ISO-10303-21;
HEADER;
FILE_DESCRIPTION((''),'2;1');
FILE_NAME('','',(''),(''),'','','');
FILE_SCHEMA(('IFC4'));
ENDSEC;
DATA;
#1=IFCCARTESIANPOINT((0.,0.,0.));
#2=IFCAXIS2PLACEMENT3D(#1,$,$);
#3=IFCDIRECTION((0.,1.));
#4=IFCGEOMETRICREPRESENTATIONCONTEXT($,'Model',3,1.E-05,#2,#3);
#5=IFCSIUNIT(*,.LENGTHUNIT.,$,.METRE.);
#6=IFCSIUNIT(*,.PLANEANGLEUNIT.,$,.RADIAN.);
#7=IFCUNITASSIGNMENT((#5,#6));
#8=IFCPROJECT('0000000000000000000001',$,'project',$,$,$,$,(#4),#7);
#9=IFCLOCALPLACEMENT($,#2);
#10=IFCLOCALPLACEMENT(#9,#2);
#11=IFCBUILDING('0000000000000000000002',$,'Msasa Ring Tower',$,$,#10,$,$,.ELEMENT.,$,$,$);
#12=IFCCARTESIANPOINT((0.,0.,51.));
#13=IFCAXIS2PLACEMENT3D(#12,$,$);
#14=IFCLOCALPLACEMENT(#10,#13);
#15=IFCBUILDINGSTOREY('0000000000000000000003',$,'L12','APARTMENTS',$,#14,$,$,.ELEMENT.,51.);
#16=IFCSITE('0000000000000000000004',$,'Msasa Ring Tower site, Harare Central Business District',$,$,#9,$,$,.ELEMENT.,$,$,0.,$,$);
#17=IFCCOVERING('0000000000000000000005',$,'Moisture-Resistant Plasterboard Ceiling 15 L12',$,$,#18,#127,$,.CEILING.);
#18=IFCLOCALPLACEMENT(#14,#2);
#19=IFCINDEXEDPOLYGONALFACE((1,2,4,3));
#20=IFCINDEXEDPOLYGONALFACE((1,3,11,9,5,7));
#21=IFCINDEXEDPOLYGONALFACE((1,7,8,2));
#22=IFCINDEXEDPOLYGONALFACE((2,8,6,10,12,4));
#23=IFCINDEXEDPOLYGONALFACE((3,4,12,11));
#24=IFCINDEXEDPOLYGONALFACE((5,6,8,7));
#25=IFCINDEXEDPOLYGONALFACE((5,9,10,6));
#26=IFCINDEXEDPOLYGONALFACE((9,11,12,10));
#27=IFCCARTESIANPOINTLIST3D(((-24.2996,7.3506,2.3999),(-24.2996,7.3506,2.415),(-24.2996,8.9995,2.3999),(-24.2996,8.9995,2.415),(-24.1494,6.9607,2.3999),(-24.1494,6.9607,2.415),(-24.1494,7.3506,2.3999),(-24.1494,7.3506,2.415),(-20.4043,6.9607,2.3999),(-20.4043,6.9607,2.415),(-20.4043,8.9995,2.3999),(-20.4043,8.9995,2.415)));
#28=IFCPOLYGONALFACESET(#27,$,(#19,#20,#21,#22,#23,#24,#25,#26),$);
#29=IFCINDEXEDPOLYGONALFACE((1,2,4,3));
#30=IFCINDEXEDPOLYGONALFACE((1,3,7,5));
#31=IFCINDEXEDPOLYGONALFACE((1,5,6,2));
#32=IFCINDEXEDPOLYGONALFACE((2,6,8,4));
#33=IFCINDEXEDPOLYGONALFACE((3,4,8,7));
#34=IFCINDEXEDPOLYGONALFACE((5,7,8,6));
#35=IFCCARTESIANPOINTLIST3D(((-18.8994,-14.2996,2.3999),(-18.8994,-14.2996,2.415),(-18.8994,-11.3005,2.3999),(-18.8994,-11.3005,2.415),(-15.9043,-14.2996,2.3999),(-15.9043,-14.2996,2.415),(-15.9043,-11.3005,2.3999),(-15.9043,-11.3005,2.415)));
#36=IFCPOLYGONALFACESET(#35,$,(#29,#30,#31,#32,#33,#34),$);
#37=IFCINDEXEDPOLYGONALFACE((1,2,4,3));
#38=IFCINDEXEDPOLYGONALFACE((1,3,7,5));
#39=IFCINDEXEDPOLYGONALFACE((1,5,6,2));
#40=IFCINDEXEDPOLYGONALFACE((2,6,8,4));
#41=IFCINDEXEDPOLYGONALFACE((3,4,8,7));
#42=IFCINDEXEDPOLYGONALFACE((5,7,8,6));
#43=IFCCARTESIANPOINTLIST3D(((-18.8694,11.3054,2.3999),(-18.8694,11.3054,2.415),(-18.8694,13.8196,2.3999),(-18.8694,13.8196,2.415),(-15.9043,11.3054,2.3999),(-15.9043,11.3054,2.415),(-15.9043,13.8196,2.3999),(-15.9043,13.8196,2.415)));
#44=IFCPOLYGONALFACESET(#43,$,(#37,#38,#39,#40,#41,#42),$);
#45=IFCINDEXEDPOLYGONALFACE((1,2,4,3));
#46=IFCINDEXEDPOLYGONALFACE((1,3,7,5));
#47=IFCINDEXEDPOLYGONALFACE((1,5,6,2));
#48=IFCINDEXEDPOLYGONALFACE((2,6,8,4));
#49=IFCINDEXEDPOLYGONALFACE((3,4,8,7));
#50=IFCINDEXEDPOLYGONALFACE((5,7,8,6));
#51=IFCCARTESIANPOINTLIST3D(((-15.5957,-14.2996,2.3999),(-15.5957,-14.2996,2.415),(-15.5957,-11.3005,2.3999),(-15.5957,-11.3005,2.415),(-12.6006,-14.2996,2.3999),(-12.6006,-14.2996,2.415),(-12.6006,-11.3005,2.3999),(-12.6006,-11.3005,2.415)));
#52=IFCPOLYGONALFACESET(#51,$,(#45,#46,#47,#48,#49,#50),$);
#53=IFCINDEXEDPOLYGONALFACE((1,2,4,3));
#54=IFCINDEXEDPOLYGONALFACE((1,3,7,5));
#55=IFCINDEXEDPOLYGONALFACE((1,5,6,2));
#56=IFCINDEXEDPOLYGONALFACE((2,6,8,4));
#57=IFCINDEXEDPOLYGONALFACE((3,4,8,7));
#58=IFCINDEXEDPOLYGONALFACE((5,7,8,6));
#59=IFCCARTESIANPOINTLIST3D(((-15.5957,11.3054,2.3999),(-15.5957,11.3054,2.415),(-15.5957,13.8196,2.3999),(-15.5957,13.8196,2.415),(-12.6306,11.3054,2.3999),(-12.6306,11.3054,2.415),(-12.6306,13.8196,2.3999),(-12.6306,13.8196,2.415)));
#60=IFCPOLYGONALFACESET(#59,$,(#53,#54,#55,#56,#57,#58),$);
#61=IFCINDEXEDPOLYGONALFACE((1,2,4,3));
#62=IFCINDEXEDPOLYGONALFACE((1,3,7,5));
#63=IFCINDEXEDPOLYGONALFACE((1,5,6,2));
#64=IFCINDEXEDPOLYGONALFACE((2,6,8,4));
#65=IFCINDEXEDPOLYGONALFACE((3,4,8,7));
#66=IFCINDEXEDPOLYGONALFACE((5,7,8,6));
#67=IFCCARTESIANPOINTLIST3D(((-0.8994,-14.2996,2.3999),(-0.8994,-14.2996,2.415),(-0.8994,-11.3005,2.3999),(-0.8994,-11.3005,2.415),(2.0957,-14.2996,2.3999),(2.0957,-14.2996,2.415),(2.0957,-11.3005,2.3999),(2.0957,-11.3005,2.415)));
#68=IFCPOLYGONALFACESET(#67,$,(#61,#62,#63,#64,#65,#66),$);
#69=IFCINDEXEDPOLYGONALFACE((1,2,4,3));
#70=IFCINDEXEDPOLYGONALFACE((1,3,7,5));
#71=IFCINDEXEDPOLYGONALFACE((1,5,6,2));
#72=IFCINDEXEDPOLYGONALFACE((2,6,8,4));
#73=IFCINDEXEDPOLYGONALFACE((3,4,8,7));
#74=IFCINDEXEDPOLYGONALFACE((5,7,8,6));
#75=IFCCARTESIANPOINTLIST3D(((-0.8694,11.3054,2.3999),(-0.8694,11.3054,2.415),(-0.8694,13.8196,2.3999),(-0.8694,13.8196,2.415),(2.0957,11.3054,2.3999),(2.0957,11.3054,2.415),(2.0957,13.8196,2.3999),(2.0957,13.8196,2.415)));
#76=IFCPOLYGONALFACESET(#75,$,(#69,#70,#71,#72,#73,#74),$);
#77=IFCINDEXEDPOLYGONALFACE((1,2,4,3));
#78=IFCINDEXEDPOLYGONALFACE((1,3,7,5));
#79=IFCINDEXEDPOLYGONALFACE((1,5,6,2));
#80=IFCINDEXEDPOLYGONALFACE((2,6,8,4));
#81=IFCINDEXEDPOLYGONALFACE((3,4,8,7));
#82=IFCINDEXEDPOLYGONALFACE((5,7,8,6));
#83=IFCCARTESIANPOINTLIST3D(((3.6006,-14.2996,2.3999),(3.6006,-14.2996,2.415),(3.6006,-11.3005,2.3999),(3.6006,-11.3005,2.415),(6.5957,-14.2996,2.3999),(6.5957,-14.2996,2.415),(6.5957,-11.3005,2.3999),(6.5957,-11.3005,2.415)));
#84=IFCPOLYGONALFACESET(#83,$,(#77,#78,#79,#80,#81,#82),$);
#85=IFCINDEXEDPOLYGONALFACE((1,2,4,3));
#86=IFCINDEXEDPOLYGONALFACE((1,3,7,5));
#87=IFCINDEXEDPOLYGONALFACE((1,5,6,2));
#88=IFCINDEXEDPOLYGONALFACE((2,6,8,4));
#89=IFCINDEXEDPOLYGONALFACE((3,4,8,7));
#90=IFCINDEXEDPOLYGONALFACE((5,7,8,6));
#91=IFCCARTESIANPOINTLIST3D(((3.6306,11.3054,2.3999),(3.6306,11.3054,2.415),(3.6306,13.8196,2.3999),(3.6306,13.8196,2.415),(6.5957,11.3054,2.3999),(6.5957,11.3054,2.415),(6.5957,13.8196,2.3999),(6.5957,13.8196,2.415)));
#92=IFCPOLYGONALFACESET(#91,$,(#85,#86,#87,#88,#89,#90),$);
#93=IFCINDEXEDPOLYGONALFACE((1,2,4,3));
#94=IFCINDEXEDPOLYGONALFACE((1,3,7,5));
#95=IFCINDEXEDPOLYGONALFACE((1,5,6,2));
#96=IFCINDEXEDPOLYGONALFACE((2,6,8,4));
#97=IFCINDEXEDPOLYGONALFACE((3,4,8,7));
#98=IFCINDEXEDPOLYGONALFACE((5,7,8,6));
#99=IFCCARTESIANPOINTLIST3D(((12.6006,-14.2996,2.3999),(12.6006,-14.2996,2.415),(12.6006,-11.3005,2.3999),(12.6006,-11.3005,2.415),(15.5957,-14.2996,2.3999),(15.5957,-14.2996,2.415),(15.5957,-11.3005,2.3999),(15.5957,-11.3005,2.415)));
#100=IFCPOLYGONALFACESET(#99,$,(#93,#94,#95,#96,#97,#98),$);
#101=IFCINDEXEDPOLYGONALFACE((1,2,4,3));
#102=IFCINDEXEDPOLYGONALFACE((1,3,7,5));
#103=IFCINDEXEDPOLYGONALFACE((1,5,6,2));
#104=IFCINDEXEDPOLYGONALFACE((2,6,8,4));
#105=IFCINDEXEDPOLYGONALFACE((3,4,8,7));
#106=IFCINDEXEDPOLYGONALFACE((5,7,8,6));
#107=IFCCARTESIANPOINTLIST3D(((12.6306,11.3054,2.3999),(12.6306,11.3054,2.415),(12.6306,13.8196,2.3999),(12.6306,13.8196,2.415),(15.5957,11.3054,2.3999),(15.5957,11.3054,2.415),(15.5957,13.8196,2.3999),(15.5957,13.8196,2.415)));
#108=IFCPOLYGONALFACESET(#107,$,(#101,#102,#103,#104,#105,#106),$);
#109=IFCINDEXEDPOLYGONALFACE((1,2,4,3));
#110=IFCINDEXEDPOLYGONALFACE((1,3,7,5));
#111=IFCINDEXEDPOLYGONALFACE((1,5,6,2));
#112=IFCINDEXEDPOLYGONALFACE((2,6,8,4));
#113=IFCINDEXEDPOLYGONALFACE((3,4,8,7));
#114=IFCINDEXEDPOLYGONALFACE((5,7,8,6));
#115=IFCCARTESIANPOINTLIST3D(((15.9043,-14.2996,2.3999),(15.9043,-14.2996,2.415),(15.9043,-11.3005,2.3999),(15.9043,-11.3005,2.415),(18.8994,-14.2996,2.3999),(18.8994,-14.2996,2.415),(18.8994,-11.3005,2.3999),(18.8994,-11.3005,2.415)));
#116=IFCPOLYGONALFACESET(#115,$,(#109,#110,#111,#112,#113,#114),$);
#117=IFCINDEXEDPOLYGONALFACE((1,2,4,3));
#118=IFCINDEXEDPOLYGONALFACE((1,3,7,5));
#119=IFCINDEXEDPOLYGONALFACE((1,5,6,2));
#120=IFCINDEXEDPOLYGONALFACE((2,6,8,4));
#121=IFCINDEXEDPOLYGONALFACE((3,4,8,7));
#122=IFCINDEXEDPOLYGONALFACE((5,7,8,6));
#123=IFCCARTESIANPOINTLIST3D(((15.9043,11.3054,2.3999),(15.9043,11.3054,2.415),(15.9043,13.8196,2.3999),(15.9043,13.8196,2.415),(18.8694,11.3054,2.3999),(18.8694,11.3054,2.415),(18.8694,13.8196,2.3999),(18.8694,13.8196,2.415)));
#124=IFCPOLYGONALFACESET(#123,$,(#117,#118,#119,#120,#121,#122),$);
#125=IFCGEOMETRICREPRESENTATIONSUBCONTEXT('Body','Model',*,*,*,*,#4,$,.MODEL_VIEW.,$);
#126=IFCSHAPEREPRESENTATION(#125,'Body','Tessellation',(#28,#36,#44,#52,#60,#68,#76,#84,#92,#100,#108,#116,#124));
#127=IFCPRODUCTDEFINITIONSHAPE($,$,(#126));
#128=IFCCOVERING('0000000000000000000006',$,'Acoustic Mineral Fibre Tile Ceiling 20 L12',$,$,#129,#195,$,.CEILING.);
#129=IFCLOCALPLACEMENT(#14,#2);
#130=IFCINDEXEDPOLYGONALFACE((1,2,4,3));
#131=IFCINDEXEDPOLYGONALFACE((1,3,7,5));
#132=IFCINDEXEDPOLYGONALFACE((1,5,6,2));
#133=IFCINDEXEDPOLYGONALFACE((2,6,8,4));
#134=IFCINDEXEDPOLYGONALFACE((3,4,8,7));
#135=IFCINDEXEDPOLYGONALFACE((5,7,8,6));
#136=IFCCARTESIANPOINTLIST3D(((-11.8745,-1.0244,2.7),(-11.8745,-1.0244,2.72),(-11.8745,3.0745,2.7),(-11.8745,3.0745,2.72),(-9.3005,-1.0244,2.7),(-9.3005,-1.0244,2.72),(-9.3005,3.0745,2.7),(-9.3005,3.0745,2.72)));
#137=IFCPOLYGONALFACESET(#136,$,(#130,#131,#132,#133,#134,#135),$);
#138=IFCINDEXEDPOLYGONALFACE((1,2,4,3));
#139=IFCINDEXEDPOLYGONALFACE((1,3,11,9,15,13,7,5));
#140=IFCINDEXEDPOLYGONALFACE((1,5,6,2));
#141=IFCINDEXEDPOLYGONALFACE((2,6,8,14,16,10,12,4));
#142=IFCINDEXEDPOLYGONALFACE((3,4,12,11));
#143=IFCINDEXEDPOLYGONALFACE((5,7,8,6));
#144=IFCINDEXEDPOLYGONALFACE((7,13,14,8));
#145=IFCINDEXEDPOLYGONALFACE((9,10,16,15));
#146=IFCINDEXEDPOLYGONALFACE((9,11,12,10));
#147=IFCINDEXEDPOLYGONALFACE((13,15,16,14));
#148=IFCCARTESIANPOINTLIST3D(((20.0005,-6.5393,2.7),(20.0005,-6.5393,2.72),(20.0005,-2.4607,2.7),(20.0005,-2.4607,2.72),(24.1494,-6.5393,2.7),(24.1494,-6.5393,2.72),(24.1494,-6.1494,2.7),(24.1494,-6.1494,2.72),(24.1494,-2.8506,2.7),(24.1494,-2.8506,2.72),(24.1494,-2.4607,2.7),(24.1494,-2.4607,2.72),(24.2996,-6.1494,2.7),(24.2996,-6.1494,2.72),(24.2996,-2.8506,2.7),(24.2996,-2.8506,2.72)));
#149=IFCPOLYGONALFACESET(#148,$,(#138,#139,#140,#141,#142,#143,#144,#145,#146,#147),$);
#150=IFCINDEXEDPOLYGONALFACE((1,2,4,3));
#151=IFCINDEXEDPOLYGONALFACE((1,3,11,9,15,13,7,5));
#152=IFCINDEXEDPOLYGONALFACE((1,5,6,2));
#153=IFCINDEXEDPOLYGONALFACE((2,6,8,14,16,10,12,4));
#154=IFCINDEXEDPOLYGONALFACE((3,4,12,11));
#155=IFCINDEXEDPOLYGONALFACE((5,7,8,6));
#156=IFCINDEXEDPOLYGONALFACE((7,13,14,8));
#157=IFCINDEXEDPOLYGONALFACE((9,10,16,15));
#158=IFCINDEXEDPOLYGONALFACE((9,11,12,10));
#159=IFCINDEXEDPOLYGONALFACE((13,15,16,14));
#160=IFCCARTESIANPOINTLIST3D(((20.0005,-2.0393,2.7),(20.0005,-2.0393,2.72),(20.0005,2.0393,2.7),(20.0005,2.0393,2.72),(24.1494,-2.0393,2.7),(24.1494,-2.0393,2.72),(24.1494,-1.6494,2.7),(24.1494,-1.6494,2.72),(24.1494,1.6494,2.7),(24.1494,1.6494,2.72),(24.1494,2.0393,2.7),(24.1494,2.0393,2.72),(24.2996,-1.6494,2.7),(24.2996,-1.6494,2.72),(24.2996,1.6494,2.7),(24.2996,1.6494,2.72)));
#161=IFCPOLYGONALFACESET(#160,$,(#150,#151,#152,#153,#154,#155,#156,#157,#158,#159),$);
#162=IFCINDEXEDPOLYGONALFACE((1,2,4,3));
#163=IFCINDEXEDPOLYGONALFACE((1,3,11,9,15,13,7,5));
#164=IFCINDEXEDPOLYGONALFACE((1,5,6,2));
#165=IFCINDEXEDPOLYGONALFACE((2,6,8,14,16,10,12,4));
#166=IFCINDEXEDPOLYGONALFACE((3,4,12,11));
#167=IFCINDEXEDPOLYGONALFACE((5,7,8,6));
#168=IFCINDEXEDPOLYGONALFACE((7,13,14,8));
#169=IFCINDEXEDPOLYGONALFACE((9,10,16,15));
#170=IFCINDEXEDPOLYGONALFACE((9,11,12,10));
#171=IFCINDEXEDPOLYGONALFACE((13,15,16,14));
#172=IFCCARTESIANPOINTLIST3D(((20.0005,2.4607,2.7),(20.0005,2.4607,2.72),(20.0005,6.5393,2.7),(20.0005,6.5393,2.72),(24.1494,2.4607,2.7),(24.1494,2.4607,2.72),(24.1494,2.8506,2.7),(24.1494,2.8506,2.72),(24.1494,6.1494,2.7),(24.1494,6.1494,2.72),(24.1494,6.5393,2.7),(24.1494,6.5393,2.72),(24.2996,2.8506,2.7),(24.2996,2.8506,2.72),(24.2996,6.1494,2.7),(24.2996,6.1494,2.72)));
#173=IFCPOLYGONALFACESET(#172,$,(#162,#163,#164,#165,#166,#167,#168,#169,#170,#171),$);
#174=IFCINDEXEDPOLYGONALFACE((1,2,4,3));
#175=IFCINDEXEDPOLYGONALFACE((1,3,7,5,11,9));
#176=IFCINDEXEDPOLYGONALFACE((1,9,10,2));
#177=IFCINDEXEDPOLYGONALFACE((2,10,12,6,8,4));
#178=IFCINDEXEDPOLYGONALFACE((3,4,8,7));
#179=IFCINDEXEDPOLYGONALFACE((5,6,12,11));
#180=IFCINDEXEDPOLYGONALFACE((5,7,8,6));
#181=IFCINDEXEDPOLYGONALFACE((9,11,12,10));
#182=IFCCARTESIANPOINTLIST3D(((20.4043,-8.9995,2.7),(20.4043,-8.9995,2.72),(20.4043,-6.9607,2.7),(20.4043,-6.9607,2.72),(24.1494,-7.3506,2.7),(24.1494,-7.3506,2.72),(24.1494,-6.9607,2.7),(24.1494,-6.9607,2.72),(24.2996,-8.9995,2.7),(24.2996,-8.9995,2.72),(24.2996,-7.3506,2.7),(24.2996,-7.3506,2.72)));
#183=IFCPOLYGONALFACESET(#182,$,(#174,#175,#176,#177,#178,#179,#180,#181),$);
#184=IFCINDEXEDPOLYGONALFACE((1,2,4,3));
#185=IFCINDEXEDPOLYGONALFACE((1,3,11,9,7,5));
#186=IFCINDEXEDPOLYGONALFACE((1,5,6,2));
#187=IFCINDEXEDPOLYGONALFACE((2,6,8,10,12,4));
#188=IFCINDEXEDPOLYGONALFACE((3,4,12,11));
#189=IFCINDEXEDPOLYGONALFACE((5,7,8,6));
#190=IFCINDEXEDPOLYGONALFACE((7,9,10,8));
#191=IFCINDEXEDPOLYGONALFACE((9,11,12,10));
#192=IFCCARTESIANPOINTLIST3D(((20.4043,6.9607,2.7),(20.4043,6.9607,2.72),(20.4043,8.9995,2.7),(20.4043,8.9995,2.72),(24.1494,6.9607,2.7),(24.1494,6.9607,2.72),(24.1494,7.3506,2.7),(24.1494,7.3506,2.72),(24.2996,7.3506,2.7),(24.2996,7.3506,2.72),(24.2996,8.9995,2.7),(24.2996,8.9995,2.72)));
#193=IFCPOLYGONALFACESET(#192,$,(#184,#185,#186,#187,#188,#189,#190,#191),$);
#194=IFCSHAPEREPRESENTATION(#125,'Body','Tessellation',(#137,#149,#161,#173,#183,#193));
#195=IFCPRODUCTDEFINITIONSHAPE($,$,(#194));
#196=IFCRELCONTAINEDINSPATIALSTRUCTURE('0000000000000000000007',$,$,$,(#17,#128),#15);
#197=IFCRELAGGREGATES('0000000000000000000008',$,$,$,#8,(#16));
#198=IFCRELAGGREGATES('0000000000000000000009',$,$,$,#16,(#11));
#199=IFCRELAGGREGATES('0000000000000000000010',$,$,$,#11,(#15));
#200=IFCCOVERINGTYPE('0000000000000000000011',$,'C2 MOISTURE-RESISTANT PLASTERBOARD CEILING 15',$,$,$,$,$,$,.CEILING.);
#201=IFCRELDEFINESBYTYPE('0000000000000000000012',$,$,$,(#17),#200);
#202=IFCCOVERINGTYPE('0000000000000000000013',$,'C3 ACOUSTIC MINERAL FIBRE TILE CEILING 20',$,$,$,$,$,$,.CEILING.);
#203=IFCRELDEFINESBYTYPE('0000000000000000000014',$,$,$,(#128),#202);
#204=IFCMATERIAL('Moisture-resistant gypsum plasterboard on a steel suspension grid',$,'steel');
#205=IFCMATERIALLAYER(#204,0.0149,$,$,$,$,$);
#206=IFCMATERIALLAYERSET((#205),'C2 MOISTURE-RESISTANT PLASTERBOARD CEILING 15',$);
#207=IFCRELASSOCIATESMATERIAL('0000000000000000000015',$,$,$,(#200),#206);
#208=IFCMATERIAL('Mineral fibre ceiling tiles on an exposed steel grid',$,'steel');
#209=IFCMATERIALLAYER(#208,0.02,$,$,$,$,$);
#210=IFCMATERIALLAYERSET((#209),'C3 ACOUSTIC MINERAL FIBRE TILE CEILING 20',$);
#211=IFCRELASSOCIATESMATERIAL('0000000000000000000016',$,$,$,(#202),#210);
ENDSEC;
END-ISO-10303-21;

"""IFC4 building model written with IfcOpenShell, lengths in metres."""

from ifc_helpers import new_model, si_unit, direction, frame, origin, place, context, subcontext, project, spatial, line, indexed_curve, outline, extrude, material, layer, layer_set, type_object, element, save


model = new_model("IFC4")

# Units and contexts
model_context = context("Model", 3, precision=1e-05, world=origin(), true_north=direction((0.0, 1.0)))
body_context = subcontext(model_context, "Body", "Model", "MODEL_VIEW")
ifc_project = project(units=[si_unit("LENGTHUNIT", "METRE"), si_unit("PLANEANGLEUNIT", "RADIAN")], contexts=[model_context])

# Site, building, storey
site_placement = place(None, origin())
site = spatial("IfcSite", under=ifc_project, at=site_placement, Name="Msasa Ring Tower site, Harare Central Business District", CompositionType="ELEMENT", RefElevation=0.0)
building_placement = place(site_placement, origin())
building = spatial("IfcBuilding", under=site, at=building_placement, Name="Msasa Ring Tower", CompositionType="ELEMENT")
storey_placement = place(building_placement, frame((0.0, 0.0, 51.0)))
storey = spatial("IfcBuildingStorey", under=building, at=storey_placement, Name="L12", Description="APARTMENTS", CompositionType="ELEMENT", Elevation=51.0)

# Coverings
ifc_material_1 = material(Name="Moisture-resistant gypsum plasterboard on a steel suspension grid", Category="steel")
ifc_layer_1 = layer(ifc_material_1, 0.0149)
ifc_layer_set_1 = layer_set([ifc_layer_1], Name="C2 MOISTURE-RESISTANT PLASTERBOARD CEILING 15")
covering_type_1 = type_object("IfcCoveringType", Name="C2 MOISTURE-RESISTANT PLASTERBOARD CEILING 15", PredefinedType="CEILING", material=ifc_layer_set_1)
covering_1_placement = place(storey_placement, frame((0.0, 0.0, 2.3999)))
element("IfcCovering", 1, at=covering_1_placement, inside=storey, type_object=covering_type_1, Name="Moisture-Resistant Plasterboard Ceiling 15 L12", PredefinedType="CEILING", context=body_context, shape_type="SweptSolid", body=[
    extrude(outline(indexed_curve([(-20.4043, 8.9995), (-20.4043, 6.9607), (-24.1494, 6.9607), (-24.1494, 7.3506), (-24.2996, 7.3506), (-24.2996, 8.9995)], segments=[line(1, 2, 3, 4, 5, 6, 1)], self_intersect=False)), origin(), (0.0, 0.0, 1.0), 0.0151),
    extrude(outline(indexed_curve([(-18.8994, -14.2996), (-18.8994, -11.3005), (-15.9043, -11.3005), (-15.9043, -14.2996)], segments=[line(1, 2, 3, 4, 1)], self_intersect=False)), origin(), (0.0, 0.0, 1.0), 0.0151),
    extrude(outline(indexed_curve([(-18.8694, 13.8196), (-15.9043, 13.8196), (-15.9043, 11.3054), (-18.8694, 11.3054)], segments=[line(1, 2, 3, 4, 1)], self_intersect=False)), origin(), (0.0, 0.0, 1.0), 0.0151),
    extrude(outline(indexed_curve([(-12.6006, -11.3005), (-12.6006, -14.2996), (-15.5957, -14.2996), (-15.5957, -11.3005)], segments=[line(1, 2, 3, 4, 1)], self_intersect=False)), origin(), (0.0, 0.0, 1.0), 0.0151),
    extrude(outline(indexed_curve([(-12.6306, 13.8196), (-12.6306, 11.3054), (-15.5957, 11.3054), (-15.5957, 13.8196)], segments=[line(1, 2, 3, 4, 1)], self_intersect=False)), origin(), (0.0, 0.0, 1.0), 0.0151),
    extrude(outline(indexed_curve([(-0.8994, -11.3005), (2.0957, -11.3005), (2.0957, -14.2996), (-0.8994, -14.2996)], segments=[line(1, 2, 3, 4, 1)], self_intersect=False)), origin(), (0.0, 0.0, 1.0), 0.0151),
    extrude(outline(indexed_curve([(-0.8694, 11.3054), (-0.8694, 13.8196), (2.0957, 13.8196), (2.0957, 11.3054)], segments=[line(1, 2, 3, 4, 1)], self_intersect=False)), origin(), (0.0, 0.0, 1.0), 0.0151),
    extrude(outline(indexed_curve([(3.6006, -11.3005), (6.5957, -11.3005), (6.5957, -14.2996), (3.6006, -14.2996)], segments=[line(1, 2, 3, 4, 1)], self_intersect=False)), origin(), (0.0, 0.0, 1.0), 0.0151),
    extrude(outline(indexed_curve([(3.6306, 13.8196), (6.5957, 13.8196), (6.5957, 11.3054), (3.6306, 11.3054)], segments=[line(1, 2, 3, 4, 1)], self_intersect=False)), origin(), (0.0, 0.0, 1.0), 0.0151),
    extrude(outline(indexed_curve([(12.6006, -11.3005), (15.5957, -11.3005), (15.5957, -14.2996), (12.6006, -14.2996)], segments=[line(1, 2, 3, 4, 1)], self_intersect=False)), origin(), (0.0, 0.0, 1.0), 0.0151),
    extrude(outline(indexed_curve([(12.6306, 13.8196), (15.5957, 13.8196), (15.5957, 11.3054), (12.6306, 11.3054)], segments=[line(1, 2, 3, 4, 1)], self_intersect=False)), origin(), (0.0, 0.0, 1.0), 0.0151),
    extrude(outline(indexed_curve([(18.8994, -11.3005), (18.8994, -14.2996), (15.9043, -14.2996), (15.9043, -11.3005)], segments=[line(1, 2, 3, 4, 1)], self_intersect=False)), origin(), (0.0, 0.0, 1.0), 0.0151),
    extrude(outline(indexed_curve([(18.8694, 13.8196), (18.8694, 11.3054), (15.9043, 11.3054), (15.9043, 13.8196)], segments=[line(1, 2, 3, 4, 1)], self_intersect=False)), origin(), (0.0, 0.0, 1.0), 0.0151),
])
ifc_material_2 = material(Name="Mineral fibre ceiling tiles on an exposed steel grid", Category="steel")
ifc_layer_2 = layer(ifc_material_2, 0.02)
ifc_layer_set_2 = layer_set([ifc_layer_2], Name="C3 ACOUSTIC MINERAL FIBRE TILE CEILING 20")
covering_type_2 = type_object("IfcCoveringType", Name="C3 ACOUSTIC MINERAL FIBRE TILE CEILING 20", PredefinedType="CEILING", material=ifc_layer_set_2)
covering_2_placement = place(storey_placement, frame((0.0, 0.0, 2.7)))
element("IfcCovering", 2, at=covering_2_placement, inside=storey, type_object=covering_type_2, Name="Acoustic Mineral Fibre Tile Ceiling 20 L12", PredefinedType="CEILING", context=body_context, shape_type="SweptSolid", body=[
    extrude(outline(indexed_curve([(-9.3005, 3.0745), (-9.3005, -1.0244), (-11.8745, -1.0244), (-11.8745, 3.0745)], segments=[line(1, 2, 3, 4, 1)], self_intersect=False)), origin(), (0.0, 0.0, 1.0), 0.02),
    extrude(outline(indexed_curve([(20.0005, -2.4607), (24.1494, -2.4607), (24.1494, -2.8506), (24.2996, -2.8506), (24.2996, -6.1494), (24.1494, -6.1494), (24.1494, -6.5393), (20.0005, -6.5393)], segments=[line(1, 2, 3, 4, 5, 6, 7, 8, 1)], self_intersect=False)), origin(), (0.0, 0.0, 1.0), 0.02),
    extrude(outline(indexed_curve([(20.0005, 2.0393), (24.1494, 2.0393), (24.1494, 1.6494), (24.2996, 1.6494), (24.2996, -1.6494), (24.1494, -1.6494), (24.1494, -2.0393), (20.0005, -2.0393)], segments=[line(1, 2, 3, 4, 5, 6, 7, 8, 1)], self_intersect=False)), origin(), (0.0, 0.0, 1.0), 0.02),
    extrude(outline(indexed_curve([(20.0005, 6.5393), (24.1494, 6.5393), (24.1494, 6.1494), (24.2996, 6.1494), (24.2996, 2.8506), (24.1494, 2.8506), (24.1494, 2.4607), (20.0005, 2.4607)], segments=[line(1, 2, 3, 4, 5, 6, 7, 8, 1)], self_intersect=False)), origin(), (0.0, 0.0, 1.0), 0.02),
    extrude(outline(indexed_curve([(24.2996, -8.9995), (20.4043, -8.9995), (20.4043, -6.9607), (24.1494, -6.9607), (24.1494, -7.3506), (24.2996, -7.3506)], segments=[line(1, 2, 3, 4, 5, 6, 1)], self_intersect=False)), origin(), (0.0, 0.0, 1.0), 0.02),
    extrude(outline(indexed_curve([(24.2996, 8.9995), (24.2996, 7.3506), (24.1494, 7.3506), (24.1494, 6.9607), (20.4043, 6.9607), (20.4043, 8.9995)], segments=[line(1, 2, 3, 4, 5, 6, 1)], self_intersect=False)), origin(), (0.0, 0.0, 1.0), 0.02),
])

save(model, "model.ifc")
